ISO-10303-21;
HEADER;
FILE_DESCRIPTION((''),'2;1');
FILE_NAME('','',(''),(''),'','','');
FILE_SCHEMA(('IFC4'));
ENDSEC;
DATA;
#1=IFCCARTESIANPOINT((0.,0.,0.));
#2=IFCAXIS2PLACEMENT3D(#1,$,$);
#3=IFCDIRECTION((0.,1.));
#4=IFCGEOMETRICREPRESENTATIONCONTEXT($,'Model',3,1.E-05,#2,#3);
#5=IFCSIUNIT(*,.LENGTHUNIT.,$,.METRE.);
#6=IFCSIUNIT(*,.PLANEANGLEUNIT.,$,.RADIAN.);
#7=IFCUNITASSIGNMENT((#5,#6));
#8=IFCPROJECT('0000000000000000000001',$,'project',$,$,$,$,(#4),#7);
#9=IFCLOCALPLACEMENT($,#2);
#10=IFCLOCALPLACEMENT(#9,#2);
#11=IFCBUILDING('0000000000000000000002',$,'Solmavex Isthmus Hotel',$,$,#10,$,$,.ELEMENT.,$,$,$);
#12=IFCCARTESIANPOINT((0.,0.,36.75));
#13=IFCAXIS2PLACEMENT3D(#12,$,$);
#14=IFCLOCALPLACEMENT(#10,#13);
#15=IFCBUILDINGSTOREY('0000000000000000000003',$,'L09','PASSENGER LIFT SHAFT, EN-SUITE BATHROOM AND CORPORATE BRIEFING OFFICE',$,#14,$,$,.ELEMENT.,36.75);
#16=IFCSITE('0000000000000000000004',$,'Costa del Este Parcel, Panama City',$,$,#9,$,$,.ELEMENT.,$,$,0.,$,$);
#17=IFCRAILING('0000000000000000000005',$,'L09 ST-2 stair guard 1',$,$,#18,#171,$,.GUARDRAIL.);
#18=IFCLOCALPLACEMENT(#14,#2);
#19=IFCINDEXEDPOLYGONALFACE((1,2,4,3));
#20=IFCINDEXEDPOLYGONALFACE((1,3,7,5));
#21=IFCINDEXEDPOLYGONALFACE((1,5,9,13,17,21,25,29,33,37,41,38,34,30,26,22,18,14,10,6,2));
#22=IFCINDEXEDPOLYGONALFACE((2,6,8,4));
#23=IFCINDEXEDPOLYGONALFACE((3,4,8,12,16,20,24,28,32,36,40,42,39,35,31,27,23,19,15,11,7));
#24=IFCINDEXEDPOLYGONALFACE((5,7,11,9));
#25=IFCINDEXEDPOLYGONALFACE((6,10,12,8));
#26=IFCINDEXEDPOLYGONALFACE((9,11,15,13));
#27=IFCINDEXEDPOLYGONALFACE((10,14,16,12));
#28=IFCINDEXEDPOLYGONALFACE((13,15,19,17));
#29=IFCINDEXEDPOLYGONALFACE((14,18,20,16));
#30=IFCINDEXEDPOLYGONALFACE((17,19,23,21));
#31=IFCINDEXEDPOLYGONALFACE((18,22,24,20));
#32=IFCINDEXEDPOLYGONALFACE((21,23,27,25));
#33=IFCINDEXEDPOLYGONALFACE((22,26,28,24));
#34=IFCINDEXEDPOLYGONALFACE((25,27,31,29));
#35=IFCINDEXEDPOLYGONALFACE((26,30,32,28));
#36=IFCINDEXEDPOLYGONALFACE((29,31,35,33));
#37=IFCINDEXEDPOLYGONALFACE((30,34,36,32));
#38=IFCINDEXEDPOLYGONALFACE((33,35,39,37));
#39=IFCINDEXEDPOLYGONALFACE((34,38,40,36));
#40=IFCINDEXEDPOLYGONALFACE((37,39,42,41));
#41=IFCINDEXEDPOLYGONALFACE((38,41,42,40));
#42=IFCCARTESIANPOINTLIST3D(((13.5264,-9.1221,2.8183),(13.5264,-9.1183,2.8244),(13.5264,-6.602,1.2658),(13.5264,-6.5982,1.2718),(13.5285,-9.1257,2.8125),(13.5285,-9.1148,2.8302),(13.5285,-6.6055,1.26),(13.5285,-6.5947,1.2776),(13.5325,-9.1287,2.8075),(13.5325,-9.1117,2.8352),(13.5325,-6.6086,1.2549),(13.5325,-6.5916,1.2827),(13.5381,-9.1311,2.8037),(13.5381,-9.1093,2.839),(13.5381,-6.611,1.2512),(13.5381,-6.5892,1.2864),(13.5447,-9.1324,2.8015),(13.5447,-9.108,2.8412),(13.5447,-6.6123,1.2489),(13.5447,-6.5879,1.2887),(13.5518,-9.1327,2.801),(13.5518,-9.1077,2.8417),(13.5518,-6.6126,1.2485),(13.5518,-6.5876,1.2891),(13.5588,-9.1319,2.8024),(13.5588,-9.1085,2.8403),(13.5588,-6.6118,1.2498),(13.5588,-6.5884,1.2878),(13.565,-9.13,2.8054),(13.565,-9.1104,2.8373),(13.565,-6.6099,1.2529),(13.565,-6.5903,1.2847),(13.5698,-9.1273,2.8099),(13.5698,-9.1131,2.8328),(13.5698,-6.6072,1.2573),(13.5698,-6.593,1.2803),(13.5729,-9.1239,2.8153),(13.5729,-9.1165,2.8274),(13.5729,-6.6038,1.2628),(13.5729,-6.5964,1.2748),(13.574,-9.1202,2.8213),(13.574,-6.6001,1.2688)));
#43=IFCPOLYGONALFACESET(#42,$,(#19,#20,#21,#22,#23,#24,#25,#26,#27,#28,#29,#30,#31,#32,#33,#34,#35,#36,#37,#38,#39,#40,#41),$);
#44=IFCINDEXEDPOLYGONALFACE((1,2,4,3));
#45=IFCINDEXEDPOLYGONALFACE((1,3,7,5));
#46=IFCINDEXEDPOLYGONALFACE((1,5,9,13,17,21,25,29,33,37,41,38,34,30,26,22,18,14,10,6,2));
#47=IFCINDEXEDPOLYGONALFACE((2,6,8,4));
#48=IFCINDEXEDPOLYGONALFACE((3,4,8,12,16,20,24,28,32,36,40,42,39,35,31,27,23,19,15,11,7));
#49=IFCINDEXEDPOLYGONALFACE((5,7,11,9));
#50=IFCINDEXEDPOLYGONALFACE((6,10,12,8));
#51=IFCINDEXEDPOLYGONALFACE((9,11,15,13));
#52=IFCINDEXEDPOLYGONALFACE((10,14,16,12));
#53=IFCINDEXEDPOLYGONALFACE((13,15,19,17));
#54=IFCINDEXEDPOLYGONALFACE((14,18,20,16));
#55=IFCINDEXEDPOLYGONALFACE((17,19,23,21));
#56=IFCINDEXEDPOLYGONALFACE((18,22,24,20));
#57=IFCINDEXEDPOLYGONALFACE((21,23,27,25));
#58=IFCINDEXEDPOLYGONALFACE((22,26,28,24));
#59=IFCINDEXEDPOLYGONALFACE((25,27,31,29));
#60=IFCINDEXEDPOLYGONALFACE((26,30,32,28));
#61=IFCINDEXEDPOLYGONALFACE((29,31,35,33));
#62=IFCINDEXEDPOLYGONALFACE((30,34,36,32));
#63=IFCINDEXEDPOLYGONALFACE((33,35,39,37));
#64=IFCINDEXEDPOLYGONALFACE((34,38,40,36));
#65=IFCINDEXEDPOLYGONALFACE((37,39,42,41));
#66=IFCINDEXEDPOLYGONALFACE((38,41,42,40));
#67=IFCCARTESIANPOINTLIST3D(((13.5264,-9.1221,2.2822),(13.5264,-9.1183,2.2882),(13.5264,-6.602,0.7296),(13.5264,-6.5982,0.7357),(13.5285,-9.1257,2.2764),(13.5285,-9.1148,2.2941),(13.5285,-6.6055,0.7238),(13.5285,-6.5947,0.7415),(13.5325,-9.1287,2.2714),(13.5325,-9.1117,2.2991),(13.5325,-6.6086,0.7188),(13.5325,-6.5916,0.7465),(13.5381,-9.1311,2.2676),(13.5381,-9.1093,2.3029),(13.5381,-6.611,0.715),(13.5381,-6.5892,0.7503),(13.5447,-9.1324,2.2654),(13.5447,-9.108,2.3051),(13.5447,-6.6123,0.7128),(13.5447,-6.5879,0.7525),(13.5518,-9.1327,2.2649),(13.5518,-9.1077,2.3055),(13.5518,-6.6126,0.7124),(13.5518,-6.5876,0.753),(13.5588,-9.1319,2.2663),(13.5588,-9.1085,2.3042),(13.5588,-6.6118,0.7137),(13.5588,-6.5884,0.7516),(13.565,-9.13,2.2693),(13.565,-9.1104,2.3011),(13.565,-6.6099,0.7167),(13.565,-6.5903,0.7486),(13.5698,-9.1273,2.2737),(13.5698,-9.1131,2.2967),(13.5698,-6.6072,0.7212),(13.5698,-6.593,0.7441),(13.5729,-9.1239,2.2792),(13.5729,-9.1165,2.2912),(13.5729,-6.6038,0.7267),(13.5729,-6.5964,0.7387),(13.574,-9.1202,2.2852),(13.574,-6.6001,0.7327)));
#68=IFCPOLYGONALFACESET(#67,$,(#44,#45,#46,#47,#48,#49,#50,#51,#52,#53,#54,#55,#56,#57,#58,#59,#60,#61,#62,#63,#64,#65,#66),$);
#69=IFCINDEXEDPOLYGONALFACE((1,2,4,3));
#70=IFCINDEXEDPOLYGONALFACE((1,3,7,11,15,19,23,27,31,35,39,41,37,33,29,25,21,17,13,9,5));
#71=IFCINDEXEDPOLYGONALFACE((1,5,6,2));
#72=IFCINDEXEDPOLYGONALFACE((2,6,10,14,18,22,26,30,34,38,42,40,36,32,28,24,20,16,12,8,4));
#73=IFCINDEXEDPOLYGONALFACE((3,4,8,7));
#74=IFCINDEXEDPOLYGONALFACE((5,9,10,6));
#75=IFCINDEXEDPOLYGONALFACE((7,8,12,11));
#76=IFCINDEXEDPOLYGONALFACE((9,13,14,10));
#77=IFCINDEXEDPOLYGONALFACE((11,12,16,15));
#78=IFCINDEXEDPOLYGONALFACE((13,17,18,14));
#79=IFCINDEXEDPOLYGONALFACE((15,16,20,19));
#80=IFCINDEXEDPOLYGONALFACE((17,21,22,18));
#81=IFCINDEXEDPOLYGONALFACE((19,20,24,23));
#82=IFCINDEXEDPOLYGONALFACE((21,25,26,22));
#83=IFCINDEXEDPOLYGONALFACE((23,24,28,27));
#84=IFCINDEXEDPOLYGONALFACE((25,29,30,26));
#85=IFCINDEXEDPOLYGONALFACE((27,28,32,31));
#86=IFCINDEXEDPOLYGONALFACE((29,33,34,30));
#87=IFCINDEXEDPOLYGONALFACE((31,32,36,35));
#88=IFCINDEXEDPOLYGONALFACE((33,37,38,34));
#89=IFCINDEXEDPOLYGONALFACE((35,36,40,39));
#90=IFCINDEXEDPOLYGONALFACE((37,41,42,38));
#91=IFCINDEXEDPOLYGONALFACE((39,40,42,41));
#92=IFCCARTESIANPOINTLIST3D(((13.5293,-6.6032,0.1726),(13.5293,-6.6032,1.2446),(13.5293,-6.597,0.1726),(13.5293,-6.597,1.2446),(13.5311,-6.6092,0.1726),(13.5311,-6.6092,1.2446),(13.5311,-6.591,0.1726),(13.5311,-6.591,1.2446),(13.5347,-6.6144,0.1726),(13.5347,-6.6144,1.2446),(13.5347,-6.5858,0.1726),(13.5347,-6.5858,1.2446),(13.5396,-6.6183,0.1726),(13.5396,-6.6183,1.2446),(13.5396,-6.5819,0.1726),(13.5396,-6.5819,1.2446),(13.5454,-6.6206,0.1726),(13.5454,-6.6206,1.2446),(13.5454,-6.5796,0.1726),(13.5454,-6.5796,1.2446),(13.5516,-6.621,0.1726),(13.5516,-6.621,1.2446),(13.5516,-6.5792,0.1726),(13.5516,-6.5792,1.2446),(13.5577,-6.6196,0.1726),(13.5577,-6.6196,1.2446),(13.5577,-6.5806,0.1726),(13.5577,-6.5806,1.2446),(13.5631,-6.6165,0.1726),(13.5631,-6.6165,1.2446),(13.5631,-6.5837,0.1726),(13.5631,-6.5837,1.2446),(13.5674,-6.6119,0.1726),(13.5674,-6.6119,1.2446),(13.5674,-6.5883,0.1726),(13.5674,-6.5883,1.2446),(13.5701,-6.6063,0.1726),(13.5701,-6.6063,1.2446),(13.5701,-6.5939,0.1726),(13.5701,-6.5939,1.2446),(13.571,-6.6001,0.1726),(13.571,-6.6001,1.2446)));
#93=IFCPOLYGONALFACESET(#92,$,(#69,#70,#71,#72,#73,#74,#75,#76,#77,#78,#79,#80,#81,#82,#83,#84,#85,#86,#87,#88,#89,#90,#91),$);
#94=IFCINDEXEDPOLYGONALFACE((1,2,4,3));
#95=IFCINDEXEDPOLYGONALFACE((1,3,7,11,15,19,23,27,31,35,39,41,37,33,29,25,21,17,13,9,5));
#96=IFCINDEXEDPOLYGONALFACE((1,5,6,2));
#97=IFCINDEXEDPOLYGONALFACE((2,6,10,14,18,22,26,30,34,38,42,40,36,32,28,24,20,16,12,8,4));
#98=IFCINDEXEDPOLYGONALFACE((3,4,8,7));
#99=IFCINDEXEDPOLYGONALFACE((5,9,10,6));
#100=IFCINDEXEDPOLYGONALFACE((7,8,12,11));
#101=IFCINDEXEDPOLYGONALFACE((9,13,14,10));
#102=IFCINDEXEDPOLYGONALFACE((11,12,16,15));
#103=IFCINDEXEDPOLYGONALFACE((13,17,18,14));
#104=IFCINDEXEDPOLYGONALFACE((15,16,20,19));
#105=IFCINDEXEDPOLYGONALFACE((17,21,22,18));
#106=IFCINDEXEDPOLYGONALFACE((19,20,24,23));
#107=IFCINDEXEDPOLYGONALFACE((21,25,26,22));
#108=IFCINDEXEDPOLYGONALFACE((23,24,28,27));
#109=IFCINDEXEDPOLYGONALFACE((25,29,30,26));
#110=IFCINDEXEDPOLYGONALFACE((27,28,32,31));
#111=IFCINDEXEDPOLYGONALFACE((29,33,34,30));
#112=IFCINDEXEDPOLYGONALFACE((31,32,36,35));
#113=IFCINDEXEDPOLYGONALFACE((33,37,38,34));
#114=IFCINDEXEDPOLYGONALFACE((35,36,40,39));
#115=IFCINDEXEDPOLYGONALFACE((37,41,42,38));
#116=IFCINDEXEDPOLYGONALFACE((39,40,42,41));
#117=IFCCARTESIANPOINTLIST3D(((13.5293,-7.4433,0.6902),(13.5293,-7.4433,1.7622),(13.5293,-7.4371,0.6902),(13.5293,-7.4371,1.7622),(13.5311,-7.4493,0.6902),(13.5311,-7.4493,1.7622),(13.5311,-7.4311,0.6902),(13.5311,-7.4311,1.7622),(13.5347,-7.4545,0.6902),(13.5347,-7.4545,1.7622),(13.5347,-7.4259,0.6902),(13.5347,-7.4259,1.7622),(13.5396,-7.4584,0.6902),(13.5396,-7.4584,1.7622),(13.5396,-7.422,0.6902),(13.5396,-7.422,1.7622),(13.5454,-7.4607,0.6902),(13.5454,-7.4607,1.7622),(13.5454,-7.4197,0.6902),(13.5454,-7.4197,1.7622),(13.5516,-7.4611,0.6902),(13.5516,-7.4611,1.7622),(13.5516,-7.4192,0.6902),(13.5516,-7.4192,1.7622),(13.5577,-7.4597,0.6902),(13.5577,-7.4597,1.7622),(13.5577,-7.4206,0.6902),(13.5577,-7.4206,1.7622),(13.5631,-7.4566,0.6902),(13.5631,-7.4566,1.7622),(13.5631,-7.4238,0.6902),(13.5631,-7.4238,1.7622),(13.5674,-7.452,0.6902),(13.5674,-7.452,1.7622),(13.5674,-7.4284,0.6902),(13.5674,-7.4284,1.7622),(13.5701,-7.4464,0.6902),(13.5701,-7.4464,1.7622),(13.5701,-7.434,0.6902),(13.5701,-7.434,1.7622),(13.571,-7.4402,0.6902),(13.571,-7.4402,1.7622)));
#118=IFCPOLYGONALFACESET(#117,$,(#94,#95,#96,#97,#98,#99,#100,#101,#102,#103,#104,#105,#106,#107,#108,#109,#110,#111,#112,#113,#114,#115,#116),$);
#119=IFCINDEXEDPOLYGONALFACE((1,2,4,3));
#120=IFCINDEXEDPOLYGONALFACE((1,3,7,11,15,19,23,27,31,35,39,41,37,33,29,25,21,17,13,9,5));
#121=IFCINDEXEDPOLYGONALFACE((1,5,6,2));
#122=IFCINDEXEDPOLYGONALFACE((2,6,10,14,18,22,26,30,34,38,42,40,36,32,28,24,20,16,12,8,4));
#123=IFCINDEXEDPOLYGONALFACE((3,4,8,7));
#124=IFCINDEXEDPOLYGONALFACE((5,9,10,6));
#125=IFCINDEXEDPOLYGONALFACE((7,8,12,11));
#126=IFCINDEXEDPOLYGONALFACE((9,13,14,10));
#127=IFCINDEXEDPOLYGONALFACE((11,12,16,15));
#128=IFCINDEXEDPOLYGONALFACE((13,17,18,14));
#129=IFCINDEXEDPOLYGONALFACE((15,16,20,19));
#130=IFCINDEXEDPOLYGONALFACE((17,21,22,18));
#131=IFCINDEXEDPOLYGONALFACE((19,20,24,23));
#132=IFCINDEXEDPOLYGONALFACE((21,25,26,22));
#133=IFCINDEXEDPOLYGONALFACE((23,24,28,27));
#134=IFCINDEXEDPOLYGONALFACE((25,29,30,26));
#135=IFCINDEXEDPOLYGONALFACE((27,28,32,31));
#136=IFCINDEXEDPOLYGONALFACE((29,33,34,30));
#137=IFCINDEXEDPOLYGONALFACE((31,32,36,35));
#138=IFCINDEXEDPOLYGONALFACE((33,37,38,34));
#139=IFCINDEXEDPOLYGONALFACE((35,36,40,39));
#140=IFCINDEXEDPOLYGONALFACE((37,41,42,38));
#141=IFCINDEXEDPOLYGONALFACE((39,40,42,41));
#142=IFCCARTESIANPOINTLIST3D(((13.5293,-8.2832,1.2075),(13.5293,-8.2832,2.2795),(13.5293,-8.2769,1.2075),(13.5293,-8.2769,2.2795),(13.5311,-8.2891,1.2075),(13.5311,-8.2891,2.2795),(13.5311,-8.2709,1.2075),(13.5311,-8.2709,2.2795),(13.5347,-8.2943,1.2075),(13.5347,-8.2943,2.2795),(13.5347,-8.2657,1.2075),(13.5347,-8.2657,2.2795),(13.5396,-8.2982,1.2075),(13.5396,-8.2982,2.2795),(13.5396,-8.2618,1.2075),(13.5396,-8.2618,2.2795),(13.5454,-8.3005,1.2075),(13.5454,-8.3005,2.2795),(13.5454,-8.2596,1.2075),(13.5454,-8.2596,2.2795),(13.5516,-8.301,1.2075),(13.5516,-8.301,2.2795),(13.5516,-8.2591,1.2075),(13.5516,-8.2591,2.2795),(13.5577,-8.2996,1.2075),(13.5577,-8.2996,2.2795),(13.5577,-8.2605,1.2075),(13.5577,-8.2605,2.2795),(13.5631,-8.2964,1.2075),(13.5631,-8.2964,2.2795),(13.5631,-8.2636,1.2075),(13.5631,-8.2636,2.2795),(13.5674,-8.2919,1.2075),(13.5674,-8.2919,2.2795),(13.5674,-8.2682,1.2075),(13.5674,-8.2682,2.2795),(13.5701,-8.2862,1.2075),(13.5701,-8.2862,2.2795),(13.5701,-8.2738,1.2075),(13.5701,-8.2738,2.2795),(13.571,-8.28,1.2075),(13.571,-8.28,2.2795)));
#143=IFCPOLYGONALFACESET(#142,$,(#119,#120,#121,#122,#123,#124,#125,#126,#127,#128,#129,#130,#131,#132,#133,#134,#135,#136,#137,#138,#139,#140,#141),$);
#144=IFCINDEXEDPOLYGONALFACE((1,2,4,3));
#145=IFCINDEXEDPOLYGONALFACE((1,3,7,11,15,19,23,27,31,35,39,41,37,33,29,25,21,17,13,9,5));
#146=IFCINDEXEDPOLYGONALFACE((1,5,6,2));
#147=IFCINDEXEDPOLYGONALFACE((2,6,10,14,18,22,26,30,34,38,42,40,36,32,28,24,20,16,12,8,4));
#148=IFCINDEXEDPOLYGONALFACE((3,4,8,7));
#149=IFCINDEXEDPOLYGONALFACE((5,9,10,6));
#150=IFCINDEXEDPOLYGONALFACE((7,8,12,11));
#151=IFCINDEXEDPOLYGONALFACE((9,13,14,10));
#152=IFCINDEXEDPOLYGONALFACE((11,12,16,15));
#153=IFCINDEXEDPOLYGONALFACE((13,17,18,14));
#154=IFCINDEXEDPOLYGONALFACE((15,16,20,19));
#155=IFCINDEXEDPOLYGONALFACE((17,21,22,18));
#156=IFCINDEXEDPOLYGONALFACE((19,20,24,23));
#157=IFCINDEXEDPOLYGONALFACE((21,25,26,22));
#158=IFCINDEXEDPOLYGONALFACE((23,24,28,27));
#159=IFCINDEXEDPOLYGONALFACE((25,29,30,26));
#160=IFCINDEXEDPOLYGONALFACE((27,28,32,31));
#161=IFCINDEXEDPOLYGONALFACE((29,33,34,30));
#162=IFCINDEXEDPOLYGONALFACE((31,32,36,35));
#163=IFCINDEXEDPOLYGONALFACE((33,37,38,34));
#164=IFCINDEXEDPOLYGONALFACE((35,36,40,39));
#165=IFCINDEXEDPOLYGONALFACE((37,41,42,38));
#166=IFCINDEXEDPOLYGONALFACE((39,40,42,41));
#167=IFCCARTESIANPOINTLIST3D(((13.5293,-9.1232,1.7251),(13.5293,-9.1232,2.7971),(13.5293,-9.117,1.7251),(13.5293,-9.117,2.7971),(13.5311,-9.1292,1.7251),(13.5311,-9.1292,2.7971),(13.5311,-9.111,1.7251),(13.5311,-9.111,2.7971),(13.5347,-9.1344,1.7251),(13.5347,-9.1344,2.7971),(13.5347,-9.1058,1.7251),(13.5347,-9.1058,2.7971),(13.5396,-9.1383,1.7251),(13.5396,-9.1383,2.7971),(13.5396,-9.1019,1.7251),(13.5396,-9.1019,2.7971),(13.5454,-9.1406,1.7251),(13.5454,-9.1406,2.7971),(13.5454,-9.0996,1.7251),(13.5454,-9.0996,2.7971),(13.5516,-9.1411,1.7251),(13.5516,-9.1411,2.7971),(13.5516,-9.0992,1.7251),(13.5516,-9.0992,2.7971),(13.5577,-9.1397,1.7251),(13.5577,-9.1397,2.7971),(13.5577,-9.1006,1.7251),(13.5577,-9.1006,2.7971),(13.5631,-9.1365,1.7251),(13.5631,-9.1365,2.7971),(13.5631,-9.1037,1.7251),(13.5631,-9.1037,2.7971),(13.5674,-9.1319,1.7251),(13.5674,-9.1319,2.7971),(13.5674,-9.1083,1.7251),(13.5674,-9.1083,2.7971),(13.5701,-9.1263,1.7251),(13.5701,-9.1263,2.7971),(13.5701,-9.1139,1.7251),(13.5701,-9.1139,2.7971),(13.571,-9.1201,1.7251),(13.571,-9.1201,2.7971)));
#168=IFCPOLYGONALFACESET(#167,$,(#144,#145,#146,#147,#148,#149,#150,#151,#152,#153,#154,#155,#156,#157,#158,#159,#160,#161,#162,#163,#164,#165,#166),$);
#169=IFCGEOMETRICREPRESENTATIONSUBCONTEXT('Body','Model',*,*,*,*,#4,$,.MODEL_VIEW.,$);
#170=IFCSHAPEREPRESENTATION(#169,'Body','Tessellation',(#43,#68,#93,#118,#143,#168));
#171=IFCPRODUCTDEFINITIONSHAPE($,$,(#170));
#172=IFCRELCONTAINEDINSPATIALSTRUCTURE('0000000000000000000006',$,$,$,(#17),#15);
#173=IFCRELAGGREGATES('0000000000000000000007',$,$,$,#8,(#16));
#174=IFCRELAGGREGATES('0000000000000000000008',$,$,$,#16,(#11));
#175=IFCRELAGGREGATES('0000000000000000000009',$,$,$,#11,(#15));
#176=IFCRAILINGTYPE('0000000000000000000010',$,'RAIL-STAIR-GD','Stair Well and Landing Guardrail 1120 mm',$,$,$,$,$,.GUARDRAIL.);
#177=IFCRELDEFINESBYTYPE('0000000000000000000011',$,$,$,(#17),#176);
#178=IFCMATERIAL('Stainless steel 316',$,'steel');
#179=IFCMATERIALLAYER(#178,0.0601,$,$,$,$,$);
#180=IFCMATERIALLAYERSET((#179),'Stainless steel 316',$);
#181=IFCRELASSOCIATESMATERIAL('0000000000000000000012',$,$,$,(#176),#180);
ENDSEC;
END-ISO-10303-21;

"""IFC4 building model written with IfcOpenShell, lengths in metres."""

from ifc_helpers import new_model, si_unit, direction, frame, origin, origin_2d, place, context, subcontext, project, spatial, circle, extrude, material, layer, layer_set, type_object, element, save


model = new_model("IFC4")

# Units and contexts
model_context = context("Model", 3, precision=1e-05, world=origin(), true_north=direction((0.0, 1.0)))
body_context = subcontext(model_context, "Body", "Model", "MODEL_VIEW")
ifc_project = project(units=[si_unit("LENGTHUNIT", "METRE"), si_unit("PLANEANGLEUNIT", "RADIAN")], contexts=[model_context])

# Site, building, storey
site_placement = place(None, origin())
site = spatial("IfcSite", under=ifc_project, at=site_placement, Name="Costa del Este Parcel, Panama City", CompositionType="ELEMENT", RefElevation=0.0)
building_placement = place(site_placement, origin())
building = spatial("IfcBuilding", under=site, at=building_placement, Name="Solmavex Isthmus Hotel", CompositionType="ELEMENT")
storey_placement = place(building_placement, frame((0.0, 0.0, 36.75)))
storey = spatial("IfcBuildingStorey", under=building, at=storey_placement, Name="L09", Description="PASSENGER LIFT SHAFT, EN-SUITE BATHROOM AND CORPORATE BRIEFING OFFICE", CompositionType="ELEMENT", Elevation=36.75)

# Railing
ifc_material_1 = material(Name="Stainless steel 316", Category="steel")
ifc_layer_1 = layer(ifc_material_1, 0.0601)
ifc_layer_set_1 = layer_set([ifc_layer_1], Name="Stainless steel 316")
railing_type_1 = type_object("IfcRailingType", Name="RAIL-STAIR-GD", Description="Stair Well and Landing Guardrail 1120 mm", PredefinedType="GUARDRAIL", material=ifc_layer_set_1)
railing_1_placement = place(storey_placement, frame((13.55, -6.6001, 0.1726)))
element("IfcRailing", 1, at=railing_1_placement, inside=storey, type_object=railing_type_1, Name="L09 ST-2 stair guard 1", PredefinedType="GUARDRAIL", context=body_context, shape_type="SweptSolid", body=[
    extrude(circle(Radius=0.0239, at=origin_2d()), frame((0.0, 0.0, 1.0962), z_axis=(0.0, -0.8514, 0.524516), x_axis=(1.0, 0.0, 0.0)), (0.0, 0.0, 1.0), 2.96),
    extrude(circle(Radius=0.0239, at=origin_2d()), frame((0.0, 0.0, 0.5601), z_axis=(0.0, -0.8514, 0.524516), x_axis=(1.0, 0.0, 0.0)), (0.0, 0.0, 1.0), 2.96),
    extrude(circle(Radius=0.021, at=origin_2d()), origin(), (0.0, 0.0, 1.0), 1.072),
    extrude(circle(Radius=0.021, at=origin_2d()), frame((0.0, -0.8401, 0.5176)), (0.0, 0.0, 1.0), 1.072),
    extrude(circle(Radius=0.021, at=origin_2d()), frame((0.0, -1.6799, 1.0349)), (0.0, 0.0, 1.0), 1.072),
    extrude(circle(Radius=0.021, at=origin_2d()), frame((0.0, -2.52, 1.5525)), (0.0, 0.0, 1.0), 1.072),
])

save(model, "model.ifc")
